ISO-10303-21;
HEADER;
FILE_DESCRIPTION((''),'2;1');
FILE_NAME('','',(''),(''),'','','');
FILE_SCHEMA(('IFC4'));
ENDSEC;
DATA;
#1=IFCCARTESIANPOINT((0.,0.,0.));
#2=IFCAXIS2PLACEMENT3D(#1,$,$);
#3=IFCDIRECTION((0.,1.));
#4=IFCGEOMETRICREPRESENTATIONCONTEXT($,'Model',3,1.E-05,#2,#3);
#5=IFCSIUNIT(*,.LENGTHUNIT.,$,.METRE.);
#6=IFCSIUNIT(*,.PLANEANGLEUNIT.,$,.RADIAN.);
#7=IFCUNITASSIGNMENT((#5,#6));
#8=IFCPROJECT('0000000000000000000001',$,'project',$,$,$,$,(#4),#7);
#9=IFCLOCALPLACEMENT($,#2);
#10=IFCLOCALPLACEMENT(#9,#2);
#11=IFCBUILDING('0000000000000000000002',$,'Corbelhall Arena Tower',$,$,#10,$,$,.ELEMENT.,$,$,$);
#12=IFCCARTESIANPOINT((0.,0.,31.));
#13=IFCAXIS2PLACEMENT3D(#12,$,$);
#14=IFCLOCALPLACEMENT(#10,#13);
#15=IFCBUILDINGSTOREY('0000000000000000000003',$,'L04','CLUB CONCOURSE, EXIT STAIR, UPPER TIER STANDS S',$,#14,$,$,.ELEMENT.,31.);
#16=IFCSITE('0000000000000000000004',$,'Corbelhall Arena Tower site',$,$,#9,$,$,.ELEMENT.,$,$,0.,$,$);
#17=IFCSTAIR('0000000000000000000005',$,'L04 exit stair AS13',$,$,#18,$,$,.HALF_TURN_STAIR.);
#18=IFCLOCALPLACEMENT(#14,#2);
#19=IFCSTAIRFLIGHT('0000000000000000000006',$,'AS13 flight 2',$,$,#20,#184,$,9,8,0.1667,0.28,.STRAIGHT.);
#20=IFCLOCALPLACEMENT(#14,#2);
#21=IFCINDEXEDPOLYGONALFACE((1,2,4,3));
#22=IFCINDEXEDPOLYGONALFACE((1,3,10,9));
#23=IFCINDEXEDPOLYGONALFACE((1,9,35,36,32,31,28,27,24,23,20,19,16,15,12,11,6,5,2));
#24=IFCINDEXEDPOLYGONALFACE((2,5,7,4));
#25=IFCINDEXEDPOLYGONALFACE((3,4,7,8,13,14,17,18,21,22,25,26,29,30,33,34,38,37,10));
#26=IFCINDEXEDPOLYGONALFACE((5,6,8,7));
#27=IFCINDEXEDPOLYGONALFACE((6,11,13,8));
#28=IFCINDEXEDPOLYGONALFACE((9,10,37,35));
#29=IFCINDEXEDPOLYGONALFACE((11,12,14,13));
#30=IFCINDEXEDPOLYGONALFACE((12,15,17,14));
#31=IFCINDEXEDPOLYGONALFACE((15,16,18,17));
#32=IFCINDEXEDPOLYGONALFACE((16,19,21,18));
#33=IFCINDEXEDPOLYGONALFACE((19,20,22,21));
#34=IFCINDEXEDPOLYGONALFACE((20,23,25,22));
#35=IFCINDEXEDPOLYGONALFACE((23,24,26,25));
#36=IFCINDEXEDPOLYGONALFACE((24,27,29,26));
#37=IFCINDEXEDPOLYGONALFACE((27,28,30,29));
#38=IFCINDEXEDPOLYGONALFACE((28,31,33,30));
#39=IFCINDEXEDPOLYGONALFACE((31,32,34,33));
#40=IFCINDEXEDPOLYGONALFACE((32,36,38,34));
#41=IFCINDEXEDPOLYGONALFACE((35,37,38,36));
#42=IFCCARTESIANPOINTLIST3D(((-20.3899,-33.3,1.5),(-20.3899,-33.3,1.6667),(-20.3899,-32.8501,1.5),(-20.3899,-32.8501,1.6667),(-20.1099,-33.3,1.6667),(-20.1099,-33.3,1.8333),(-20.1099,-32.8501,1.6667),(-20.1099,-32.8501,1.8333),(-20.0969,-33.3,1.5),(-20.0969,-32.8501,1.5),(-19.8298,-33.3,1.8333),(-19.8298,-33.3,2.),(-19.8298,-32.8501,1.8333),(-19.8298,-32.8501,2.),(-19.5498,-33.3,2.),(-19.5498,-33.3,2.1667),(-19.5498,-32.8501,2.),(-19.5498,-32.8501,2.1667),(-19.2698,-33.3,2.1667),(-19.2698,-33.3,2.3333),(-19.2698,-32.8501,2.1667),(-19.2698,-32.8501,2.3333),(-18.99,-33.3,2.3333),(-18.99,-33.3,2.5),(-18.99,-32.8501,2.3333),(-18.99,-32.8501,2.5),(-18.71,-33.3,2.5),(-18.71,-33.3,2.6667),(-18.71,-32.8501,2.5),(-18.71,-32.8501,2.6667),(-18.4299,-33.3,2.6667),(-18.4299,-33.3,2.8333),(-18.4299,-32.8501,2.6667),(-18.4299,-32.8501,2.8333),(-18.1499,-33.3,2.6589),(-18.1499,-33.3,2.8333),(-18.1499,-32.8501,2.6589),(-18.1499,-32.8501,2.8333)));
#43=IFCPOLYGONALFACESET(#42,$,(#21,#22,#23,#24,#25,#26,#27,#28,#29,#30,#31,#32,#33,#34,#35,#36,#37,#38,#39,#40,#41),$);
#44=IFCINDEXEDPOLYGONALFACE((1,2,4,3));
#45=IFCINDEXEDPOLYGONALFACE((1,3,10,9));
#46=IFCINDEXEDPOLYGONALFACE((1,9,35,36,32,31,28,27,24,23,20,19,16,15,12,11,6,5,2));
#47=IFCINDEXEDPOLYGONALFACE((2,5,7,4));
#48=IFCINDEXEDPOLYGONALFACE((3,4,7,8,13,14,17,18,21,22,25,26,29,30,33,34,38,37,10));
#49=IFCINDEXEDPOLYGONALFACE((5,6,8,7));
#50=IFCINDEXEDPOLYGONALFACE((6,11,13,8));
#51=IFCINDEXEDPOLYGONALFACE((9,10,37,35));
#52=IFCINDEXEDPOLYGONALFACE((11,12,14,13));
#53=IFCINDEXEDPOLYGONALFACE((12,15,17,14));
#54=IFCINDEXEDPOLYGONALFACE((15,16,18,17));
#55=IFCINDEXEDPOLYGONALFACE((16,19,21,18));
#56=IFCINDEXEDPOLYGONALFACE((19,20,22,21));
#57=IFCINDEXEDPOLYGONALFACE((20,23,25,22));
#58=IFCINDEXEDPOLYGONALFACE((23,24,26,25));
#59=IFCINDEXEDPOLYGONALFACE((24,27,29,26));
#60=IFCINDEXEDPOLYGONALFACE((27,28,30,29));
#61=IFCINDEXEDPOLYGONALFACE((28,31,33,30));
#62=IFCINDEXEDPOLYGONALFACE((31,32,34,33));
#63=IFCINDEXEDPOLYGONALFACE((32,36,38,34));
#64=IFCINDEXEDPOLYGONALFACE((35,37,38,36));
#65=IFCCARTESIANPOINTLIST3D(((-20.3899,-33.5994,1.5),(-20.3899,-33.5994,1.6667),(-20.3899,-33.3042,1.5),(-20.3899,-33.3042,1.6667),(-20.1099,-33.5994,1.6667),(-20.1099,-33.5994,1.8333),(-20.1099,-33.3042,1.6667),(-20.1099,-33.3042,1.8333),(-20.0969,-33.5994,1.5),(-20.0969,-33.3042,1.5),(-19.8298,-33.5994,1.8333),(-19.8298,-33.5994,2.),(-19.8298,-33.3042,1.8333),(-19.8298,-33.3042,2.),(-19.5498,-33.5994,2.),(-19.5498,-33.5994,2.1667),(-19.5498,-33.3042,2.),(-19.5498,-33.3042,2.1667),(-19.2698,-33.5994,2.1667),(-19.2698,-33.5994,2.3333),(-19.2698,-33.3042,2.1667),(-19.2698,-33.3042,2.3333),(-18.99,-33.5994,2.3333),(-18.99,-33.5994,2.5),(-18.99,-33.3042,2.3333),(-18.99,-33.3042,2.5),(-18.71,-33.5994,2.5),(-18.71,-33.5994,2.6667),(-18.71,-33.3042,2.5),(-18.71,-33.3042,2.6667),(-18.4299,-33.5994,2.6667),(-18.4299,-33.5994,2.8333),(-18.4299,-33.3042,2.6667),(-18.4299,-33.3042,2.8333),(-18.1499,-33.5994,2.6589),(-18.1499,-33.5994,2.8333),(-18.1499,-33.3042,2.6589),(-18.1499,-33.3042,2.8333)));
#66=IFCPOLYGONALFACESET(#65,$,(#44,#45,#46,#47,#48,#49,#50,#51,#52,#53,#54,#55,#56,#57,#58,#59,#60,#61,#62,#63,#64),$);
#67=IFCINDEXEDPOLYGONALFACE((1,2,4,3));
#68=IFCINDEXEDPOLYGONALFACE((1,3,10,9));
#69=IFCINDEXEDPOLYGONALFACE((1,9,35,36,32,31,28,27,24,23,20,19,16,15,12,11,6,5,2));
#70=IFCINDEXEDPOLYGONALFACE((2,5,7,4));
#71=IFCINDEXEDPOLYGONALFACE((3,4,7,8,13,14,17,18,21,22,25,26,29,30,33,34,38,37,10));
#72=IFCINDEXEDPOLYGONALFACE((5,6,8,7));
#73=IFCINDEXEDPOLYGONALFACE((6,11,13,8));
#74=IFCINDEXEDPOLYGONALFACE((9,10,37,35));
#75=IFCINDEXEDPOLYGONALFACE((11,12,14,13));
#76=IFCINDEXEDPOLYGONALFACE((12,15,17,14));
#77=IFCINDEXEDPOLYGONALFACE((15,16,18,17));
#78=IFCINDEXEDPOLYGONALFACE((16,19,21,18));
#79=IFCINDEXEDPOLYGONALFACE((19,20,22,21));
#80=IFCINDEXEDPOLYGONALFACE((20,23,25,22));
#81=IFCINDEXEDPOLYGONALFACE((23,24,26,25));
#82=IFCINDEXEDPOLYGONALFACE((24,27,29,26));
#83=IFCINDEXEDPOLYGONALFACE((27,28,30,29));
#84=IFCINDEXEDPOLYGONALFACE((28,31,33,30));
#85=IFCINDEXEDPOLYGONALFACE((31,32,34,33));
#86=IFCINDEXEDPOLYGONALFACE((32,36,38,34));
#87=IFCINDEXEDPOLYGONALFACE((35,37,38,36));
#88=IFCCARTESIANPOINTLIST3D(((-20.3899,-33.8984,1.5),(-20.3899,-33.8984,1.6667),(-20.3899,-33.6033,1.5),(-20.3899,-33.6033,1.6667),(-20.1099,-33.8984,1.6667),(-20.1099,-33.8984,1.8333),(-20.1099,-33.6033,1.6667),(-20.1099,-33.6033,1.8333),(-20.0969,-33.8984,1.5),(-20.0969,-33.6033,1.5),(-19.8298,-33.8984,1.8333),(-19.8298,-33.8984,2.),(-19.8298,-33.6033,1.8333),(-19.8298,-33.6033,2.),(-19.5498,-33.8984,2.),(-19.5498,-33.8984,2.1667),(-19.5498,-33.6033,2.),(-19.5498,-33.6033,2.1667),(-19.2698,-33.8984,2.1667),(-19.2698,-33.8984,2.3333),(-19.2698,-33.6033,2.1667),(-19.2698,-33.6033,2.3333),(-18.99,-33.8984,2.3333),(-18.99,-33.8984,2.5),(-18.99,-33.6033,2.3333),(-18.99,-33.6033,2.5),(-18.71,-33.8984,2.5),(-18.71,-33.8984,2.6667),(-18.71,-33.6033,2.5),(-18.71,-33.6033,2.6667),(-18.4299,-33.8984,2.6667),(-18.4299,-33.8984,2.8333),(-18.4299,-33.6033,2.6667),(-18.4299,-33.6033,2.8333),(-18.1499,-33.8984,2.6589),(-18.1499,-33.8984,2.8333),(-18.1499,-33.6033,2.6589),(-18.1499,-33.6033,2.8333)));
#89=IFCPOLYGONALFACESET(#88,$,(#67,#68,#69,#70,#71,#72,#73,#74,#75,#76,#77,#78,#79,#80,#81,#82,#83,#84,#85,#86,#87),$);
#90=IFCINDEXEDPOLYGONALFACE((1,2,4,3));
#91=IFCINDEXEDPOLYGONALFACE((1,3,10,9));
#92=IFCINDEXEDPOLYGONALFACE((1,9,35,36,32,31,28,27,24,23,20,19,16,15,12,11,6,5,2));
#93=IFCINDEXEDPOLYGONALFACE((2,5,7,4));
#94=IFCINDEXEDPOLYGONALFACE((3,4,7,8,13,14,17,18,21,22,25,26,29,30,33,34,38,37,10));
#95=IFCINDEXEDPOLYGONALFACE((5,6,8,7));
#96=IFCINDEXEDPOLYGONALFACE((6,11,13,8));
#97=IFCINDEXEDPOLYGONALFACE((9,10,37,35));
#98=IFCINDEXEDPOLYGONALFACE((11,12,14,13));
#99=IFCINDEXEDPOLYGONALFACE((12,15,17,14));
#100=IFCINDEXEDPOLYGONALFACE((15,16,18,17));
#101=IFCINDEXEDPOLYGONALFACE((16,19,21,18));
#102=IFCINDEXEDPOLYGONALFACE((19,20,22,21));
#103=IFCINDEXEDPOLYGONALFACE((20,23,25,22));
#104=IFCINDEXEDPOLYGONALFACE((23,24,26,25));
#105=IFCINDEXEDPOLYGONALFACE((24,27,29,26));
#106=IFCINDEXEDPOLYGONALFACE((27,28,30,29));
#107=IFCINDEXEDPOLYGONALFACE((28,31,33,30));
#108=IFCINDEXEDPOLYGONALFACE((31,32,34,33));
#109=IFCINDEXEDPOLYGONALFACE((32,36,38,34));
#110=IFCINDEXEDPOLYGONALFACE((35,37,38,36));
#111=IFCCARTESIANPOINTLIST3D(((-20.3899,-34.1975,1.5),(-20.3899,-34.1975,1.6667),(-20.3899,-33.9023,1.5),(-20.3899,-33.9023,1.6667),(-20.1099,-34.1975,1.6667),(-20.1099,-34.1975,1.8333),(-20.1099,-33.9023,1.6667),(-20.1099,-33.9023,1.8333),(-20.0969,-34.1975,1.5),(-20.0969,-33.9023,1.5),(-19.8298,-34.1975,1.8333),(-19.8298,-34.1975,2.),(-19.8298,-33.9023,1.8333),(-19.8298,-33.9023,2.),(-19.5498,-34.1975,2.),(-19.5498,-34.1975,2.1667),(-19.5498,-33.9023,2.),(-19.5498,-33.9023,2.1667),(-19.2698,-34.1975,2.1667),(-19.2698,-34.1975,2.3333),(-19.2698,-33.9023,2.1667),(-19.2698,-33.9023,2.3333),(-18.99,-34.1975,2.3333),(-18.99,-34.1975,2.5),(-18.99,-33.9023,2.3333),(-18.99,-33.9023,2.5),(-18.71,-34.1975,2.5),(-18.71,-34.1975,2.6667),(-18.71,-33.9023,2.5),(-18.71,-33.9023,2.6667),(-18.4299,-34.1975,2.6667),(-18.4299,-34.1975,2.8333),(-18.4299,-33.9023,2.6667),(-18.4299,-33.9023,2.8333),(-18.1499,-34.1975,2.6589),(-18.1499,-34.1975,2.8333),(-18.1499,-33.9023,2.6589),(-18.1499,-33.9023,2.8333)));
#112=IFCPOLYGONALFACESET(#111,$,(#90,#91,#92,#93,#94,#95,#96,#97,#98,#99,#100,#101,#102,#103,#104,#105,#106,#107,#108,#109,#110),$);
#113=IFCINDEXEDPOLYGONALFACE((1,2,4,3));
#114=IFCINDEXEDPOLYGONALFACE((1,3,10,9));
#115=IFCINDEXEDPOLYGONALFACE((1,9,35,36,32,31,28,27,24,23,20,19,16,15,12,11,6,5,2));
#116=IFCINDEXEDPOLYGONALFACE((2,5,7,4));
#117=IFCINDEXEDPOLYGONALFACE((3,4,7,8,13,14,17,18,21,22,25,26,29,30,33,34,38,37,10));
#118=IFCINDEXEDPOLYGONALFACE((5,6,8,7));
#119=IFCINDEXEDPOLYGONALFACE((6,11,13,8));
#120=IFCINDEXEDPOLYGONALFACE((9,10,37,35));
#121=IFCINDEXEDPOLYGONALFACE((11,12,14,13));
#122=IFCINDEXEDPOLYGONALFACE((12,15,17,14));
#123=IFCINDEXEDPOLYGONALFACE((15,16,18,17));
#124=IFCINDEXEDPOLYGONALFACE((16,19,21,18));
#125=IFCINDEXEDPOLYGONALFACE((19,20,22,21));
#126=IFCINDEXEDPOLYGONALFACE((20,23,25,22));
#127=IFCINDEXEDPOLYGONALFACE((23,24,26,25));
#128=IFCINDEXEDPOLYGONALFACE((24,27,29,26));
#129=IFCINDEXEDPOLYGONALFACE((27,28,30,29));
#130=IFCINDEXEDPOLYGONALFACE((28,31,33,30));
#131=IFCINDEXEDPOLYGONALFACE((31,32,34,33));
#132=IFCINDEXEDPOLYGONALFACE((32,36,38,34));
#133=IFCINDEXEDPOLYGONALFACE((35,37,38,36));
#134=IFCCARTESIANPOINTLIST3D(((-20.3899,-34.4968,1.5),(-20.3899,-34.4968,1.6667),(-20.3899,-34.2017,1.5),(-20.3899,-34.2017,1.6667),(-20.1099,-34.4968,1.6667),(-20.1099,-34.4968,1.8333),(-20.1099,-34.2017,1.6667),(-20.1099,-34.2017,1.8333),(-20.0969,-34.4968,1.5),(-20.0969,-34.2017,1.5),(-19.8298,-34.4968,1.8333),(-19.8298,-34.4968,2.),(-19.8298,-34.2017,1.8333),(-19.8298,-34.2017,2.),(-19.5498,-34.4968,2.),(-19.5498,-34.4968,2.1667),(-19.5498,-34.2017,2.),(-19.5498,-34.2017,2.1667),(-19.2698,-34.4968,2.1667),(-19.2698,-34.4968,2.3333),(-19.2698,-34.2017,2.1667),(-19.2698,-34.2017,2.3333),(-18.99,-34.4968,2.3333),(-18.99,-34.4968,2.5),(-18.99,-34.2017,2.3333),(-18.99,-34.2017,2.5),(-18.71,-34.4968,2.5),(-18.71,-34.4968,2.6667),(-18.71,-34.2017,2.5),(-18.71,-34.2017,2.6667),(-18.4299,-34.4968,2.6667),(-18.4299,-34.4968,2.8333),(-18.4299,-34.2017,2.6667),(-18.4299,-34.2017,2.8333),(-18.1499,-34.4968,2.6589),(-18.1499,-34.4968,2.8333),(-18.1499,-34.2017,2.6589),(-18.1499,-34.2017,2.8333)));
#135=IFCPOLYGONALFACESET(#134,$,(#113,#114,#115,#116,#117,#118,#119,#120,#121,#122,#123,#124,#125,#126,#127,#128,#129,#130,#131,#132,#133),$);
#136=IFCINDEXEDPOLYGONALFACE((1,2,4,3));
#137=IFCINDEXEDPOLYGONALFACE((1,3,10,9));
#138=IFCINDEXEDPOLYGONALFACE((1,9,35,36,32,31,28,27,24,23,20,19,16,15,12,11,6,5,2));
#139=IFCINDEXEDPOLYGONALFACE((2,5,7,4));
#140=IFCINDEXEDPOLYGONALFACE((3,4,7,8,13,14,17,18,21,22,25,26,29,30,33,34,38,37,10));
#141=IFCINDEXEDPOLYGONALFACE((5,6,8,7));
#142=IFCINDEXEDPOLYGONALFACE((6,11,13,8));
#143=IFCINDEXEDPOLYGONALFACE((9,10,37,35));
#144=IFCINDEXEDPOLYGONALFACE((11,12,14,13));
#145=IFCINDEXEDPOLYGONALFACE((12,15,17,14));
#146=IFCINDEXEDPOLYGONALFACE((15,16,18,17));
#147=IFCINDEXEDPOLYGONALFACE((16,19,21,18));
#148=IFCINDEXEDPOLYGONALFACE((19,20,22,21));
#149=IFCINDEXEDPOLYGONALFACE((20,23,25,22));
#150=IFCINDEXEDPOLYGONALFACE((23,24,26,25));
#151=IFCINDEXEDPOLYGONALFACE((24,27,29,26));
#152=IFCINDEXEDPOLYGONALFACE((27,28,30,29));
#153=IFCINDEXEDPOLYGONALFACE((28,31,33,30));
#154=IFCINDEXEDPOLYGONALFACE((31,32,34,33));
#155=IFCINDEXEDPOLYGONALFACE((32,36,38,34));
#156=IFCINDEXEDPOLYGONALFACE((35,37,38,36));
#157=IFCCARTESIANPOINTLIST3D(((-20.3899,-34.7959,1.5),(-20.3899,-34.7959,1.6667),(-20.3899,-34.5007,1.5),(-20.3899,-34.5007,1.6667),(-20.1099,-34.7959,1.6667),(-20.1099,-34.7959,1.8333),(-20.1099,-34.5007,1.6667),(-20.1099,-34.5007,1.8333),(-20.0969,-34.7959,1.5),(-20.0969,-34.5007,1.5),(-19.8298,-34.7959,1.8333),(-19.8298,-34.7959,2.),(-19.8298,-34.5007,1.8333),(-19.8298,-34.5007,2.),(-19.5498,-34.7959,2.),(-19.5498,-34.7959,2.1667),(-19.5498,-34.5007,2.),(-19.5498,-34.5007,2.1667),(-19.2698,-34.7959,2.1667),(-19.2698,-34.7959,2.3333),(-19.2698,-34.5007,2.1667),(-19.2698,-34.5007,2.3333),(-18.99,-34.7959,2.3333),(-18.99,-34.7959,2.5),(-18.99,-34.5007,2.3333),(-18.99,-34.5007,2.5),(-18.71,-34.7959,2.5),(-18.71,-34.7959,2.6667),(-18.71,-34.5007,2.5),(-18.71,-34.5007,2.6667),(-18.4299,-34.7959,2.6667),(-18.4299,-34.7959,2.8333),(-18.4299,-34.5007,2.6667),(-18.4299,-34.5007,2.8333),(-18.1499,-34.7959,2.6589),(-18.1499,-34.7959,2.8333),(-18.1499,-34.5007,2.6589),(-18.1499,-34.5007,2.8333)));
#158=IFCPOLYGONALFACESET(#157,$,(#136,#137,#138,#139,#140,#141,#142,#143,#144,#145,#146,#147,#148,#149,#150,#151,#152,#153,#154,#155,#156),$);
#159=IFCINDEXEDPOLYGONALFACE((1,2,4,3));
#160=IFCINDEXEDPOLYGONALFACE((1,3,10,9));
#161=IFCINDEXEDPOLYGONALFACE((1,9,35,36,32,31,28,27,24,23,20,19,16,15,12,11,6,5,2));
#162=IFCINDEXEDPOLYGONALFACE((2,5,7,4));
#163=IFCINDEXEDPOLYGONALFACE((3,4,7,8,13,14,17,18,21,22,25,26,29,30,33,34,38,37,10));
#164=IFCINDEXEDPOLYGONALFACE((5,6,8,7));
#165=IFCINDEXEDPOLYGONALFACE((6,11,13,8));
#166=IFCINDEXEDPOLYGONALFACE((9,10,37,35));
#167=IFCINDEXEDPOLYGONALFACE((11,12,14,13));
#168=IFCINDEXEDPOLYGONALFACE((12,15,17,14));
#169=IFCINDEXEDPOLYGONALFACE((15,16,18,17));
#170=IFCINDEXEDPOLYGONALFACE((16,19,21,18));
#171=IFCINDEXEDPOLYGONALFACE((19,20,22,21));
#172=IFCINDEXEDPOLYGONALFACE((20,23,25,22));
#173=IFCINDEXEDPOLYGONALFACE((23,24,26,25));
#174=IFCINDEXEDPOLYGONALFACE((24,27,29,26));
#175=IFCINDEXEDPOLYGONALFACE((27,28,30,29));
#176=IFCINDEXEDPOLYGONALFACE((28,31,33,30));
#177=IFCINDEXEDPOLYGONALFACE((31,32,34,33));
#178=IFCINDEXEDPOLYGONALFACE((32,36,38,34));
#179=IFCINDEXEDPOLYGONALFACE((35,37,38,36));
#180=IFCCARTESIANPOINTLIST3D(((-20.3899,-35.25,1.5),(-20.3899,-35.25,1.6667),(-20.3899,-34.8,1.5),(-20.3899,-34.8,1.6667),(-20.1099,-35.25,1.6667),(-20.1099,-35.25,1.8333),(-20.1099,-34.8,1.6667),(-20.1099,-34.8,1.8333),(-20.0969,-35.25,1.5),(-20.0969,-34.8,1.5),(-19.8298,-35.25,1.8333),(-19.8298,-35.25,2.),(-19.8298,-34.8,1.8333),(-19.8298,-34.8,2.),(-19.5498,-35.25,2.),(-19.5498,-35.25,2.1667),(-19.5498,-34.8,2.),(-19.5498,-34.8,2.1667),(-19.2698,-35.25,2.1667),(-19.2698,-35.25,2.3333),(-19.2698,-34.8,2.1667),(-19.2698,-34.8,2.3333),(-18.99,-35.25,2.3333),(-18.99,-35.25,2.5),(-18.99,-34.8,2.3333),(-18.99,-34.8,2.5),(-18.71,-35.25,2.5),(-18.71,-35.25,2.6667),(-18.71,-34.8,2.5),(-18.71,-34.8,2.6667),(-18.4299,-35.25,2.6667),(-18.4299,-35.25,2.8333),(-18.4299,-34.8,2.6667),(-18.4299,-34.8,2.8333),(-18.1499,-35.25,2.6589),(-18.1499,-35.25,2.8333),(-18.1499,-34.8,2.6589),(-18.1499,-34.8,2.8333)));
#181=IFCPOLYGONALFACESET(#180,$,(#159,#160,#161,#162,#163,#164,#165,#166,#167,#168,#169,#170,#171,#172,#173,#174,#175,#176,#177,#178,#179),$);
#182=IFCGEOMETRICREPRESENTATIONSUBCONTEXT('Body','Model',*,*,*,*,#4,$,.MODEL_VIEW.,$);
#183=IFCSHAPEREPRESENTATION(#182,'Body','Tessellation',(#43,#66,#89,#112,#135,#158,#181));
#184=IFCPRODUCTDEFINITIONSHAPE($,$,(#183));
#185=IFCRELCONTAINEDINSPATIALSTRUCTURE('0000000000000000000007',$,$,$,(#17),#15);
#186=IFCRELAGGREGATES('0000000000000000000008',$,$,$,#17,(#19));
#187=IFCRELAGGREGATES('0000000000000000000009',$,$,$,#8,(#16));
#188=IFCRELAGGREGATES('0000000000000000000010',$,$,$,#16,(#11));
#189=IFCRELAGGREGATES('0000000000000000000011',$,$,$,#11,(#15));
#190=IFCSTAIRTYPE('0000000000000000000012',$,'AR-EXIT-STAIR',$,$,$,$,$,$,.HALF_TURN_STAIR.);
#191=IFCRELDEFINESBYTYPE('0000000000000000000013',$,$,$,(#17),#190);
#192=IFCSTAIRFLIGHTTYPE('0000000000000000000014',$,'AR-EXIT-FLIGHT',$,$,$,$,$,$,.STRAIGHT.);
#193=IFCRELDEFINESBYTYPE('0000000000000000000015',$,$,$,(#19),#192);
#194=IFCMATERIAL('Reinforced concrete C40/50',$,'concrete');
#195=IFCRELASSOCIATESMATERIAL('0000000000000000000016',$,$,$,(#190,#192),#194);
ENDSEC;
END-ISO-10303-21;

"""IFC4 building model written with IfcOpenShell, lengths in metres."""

from ifc_helpers import new_model, si_unit, direction, frame, origin, place, context, subcontext, project, spatial, polyline, outline, extrude, material, type_object, element, aggregate, save


model = new_model("IFC4")

# Units and contexts
model_context = context("Model", 3, precision=1e-05, world=origin(), true_north=direction((0.0, 1.0)))
body_context = subcontext(model_context, "Body", "Model", "MODEL_VIEW")
ifc_project = project(units=[si_unit("LENGTHUNIT", "METRE"), si_unit("PLANEANGLEUNIT", "RADIAN")], contexts=[model_context])

# Site, building, storey
site_placement = place(None, origin())
site = spatial("IfcSite", under=ifc_project, at=site_placement, Name="Corbelhall Arena Tower site", CompositionType="ELEMENT", RefElevation=0.0)
building_placement = place(site_placement, origin())
building = spatial("IfcBuilding", under=site, at=building_placement, Name="Corbelhall Arena Tower", CompositionType="ELEMENT")
storey_placement = place(building_placement, frame((0.0, 0.0, 31.0)))
storey = spatial("IfcBuildingStorey", under=building, at=storey_placement, Name="L04", Description="CLUB CONCOURSE, EXIT STAIR, UPPER TIER STANDS S", CompositionType="ELEMENT", Elevation=31.0)

# Shared definitions
ifc_material_1 = material(Name="Reinforced concrete C40/50", Category="concrete")

# Stair, stair flight
stair_type = type_object("IfcStairType", Name="AR-EXIT-STAIR", PredefinedType="HALF_TURN_STAIR", material=ifc_material_1)
stair_1_placement = place(storey_placement, origin())
stair_1 = element("IfcStair", 1, at=stair_1_placement, inside=storey, type_object=stair_type, Name="L04 exit stair AS13", PredefinedType="HALF_TURN_STAIR")
stair_flight_type = type_object("IfcStairFlightType", Name="AR-EXIT-FLIGHT", PredefinedType="STRAIGHT", material=ifc_material_1)
stair_flight_1_placement = place(storey_placement, frame((-20.3899, -34.05, 1.5), z_axis=(0.0, 0.0, 1.0), x_axis=(1.0, 0.0, 0.0)))
stair_flight_1 = element("IfcStairFlight", 2, at=stair_flight_1_placement, type_object=stair_flight_type, Name="AS13 flight 2", NumberOfRisers=9, NumberOfTreads=8, PredefinedType="STRAIGHT", RiserHeight=0.1667, TreadLength=0.28, context=body_context, shape_type="SweptSolid", body=[
    extrude(outline(polyline([(0.0, 0.0), (0.0, 0.1667), (0.28, 0.1667), (0.28, 0.3333), (0.5601, 0.3333), (0.5601, 0.5), (0.8401, 0.5), (0.8401, 0.6667), (1.1201, 0.6667), (1.1201, 0.8333), (1.3999, 0.8333), (1.3999, 1.0), (1.6799, 1.0), (1.6799, 1.1667), (1.96, 1.1667), (1.96, 1.3333), (2.24, 1.3333), (2.24, 1.5), (2.24, 1.1589), (0.293, 0.0), (0.0, 0.0)])), frame((0.0, 1.2, 0.0), z_axis=(0.0, -1.0, 0.0), x_axis=(1.0, 0.0, 0.0)), (0.0, 0.0, 1.0), 0.45),
    extrude(outline(polyline([(0.0, 0.0), (0.0, 0.1667), (0.28, 0.1667), (0.28, 0.3333), (0.5601, 0.3333), (0.5601, 0.5), (0.8401, 0.5), (0.8401, 0.6667), (1.1201, 0.6667), (1.1201, 0.8333), (1.3999, 0.8333), (1.3999, 1.0), (1.6799, 1.0), (1.6799, 1.1667), (1.96, 1.1667), (1.96, 1.3333), (2.24, 1.3333), (2.24, 1.5), (2.24, 1.1589), (0.293, 0.0), (0.0, 0.0)])), frame((0.0, 0.7458, 0.0), z_axis=(0.0, -1.0, 0.0), x_axis=(1.0, 0.0, 0.0)), (0.0, 0.0, 1.0), 0.2952),
    extrude(outline(polyline([(0.0, 0.0), (0.0, 0.1667), (0.28, 0.1667), (0.28, 0.3333), (0.5601, 0.3333), (0.5601, 0.5), (0.8401, 0.5), (0.8401, 0.6667), (1.1201, 0.6667), (1.1201, 0.8333), (1.3999, 0.8333), (1.3999, 1.0), (1.6799, 1.0), (1.6799, 1.1667), (1.96, 1.1667), (1.96, 1.3333), (2.24, 1.3333), (2.24, 1.5), (2.24, 1.1589), (0.293, 0.0), (0.0, 0.0)])), frame((0.0, 0.4468, 0.0), z_axis=(0.0, -1.0, 0.0), x_axis=(1.0, 0.0, 0.0)), (0.0, 0.0, 1.0), 0.2952),
    extrude(outline(polyline([(0.0, 0.0), (0.0, 0.1667), (0.28, 0.1667), (0.28, 0.3333), (0.5601, 0.3333), (0.5601, 0.5), (0.8401, 0.5), (0.8401, 0.6667), (1.1201, 0.6667), (1.1201, 0.8333), (1.3999, 0.8333), (1.3999, 1.0), (1.6799, 1.0), (1.6799, 1.1667), (1.96, 1.1667), (1.96, 1.3333), (2.24, 1.3333), (2.24, 1.5), (2.24, 1.1589), (0.293, 0.0), (0.0, 0.0)])), frame((0.0, 0.1477, 0.0), z_axis=(0.0, -1.0, 0.0), x_axis=(1.0, 0.0, 0.0)), (0.0, 0.0, 1.0), 0.2952),
    extrude(outline(polyline([(0.0, 0.0), (0.0, 0.1667), (0.28, 0.1667), (0.28, 0.3333), (0.5601, 0.3333), (0.5601, 0.5), (0.8401, 0.5), (0.8401, 0.6667), (1.1201, 0.6667), (1.1201, 0.8333), (1.3999, 0.8333), (1.3999, 1.0), (1.6799, 1.0), (1.6799, 1.1667), (1.96, 1.1667), (1.96, 1.3333), (2.24, 1.3333), (2.24, 1.5), (2.24, 1.1589), (0.293, 0.0), (0.0, 0.0)])), frame((0.0, -0.1516, 0.0), z_axis=(0.0, -1.0, 0.0), x_axis=(1.0, 0.0, 0.0)), (0.0, 0.0, 1.0), 0.2952),
    extrude(outline(polyline([(0.0, 0.0), (0.0, 0.1667), (0.28, 0.1667), (0.28, 0.3333), (0.5601, 0.3333), (0.5601, 0.5), (0.8401, 0.5), (0.8401, 0.6667), (1.1201, 0.6667), (1.1201, 0.8333), (1.3999, 0.8333), (1.3999, 1.0), (1.6799, 1.0), (1.6799, 1.1667), (1.96, 1.1667), (1.96, 1.3333), (2.24, 1.3333), (2.24, 1.5), (2.24, 1.1589), (0.293, 0.0), (0.0, 0.0)])), frame((0.0, -0.4507, 0.0), z_axis=(0.0, -1.0, 0.0), x_axis=(1.0, 0.0, 0.0)), (0.0, 0.0, 1.0), 0.2952),
    extrude(outline(polyline([(0.0, 0.0), (0.0, 0.1667), (0.28, 0.1667), (0.28, 0.3333), (0.5601, 0.3333), (0.5601, 0.5), (0.8401, 0.5), (0.8401, 0.6667), (1.1201, 0.6667), (1.1201, 0.8333), (1.3999, 0.8333), (1.3999, 1.0), (1.6799, 1.0), (1.6799, 1.1667), (1.96, 1.1667), (1.96, 1.3333), (2.24, 1.3333), (2.24, 1.5), (2.24, 1.1589), (0.293, 0.0), (0.0, 0.0)])), frame((0.0, -0.75, 0.0), z_axis=(0.0, -1.0, 0.0), x_axis=(1.0, 0.0, 0.0)), (0.0, 0.0, 1.0), 0.45),
])
aggregate(stair_1, [stair_flight_1])

save(model, "model.ifc")
